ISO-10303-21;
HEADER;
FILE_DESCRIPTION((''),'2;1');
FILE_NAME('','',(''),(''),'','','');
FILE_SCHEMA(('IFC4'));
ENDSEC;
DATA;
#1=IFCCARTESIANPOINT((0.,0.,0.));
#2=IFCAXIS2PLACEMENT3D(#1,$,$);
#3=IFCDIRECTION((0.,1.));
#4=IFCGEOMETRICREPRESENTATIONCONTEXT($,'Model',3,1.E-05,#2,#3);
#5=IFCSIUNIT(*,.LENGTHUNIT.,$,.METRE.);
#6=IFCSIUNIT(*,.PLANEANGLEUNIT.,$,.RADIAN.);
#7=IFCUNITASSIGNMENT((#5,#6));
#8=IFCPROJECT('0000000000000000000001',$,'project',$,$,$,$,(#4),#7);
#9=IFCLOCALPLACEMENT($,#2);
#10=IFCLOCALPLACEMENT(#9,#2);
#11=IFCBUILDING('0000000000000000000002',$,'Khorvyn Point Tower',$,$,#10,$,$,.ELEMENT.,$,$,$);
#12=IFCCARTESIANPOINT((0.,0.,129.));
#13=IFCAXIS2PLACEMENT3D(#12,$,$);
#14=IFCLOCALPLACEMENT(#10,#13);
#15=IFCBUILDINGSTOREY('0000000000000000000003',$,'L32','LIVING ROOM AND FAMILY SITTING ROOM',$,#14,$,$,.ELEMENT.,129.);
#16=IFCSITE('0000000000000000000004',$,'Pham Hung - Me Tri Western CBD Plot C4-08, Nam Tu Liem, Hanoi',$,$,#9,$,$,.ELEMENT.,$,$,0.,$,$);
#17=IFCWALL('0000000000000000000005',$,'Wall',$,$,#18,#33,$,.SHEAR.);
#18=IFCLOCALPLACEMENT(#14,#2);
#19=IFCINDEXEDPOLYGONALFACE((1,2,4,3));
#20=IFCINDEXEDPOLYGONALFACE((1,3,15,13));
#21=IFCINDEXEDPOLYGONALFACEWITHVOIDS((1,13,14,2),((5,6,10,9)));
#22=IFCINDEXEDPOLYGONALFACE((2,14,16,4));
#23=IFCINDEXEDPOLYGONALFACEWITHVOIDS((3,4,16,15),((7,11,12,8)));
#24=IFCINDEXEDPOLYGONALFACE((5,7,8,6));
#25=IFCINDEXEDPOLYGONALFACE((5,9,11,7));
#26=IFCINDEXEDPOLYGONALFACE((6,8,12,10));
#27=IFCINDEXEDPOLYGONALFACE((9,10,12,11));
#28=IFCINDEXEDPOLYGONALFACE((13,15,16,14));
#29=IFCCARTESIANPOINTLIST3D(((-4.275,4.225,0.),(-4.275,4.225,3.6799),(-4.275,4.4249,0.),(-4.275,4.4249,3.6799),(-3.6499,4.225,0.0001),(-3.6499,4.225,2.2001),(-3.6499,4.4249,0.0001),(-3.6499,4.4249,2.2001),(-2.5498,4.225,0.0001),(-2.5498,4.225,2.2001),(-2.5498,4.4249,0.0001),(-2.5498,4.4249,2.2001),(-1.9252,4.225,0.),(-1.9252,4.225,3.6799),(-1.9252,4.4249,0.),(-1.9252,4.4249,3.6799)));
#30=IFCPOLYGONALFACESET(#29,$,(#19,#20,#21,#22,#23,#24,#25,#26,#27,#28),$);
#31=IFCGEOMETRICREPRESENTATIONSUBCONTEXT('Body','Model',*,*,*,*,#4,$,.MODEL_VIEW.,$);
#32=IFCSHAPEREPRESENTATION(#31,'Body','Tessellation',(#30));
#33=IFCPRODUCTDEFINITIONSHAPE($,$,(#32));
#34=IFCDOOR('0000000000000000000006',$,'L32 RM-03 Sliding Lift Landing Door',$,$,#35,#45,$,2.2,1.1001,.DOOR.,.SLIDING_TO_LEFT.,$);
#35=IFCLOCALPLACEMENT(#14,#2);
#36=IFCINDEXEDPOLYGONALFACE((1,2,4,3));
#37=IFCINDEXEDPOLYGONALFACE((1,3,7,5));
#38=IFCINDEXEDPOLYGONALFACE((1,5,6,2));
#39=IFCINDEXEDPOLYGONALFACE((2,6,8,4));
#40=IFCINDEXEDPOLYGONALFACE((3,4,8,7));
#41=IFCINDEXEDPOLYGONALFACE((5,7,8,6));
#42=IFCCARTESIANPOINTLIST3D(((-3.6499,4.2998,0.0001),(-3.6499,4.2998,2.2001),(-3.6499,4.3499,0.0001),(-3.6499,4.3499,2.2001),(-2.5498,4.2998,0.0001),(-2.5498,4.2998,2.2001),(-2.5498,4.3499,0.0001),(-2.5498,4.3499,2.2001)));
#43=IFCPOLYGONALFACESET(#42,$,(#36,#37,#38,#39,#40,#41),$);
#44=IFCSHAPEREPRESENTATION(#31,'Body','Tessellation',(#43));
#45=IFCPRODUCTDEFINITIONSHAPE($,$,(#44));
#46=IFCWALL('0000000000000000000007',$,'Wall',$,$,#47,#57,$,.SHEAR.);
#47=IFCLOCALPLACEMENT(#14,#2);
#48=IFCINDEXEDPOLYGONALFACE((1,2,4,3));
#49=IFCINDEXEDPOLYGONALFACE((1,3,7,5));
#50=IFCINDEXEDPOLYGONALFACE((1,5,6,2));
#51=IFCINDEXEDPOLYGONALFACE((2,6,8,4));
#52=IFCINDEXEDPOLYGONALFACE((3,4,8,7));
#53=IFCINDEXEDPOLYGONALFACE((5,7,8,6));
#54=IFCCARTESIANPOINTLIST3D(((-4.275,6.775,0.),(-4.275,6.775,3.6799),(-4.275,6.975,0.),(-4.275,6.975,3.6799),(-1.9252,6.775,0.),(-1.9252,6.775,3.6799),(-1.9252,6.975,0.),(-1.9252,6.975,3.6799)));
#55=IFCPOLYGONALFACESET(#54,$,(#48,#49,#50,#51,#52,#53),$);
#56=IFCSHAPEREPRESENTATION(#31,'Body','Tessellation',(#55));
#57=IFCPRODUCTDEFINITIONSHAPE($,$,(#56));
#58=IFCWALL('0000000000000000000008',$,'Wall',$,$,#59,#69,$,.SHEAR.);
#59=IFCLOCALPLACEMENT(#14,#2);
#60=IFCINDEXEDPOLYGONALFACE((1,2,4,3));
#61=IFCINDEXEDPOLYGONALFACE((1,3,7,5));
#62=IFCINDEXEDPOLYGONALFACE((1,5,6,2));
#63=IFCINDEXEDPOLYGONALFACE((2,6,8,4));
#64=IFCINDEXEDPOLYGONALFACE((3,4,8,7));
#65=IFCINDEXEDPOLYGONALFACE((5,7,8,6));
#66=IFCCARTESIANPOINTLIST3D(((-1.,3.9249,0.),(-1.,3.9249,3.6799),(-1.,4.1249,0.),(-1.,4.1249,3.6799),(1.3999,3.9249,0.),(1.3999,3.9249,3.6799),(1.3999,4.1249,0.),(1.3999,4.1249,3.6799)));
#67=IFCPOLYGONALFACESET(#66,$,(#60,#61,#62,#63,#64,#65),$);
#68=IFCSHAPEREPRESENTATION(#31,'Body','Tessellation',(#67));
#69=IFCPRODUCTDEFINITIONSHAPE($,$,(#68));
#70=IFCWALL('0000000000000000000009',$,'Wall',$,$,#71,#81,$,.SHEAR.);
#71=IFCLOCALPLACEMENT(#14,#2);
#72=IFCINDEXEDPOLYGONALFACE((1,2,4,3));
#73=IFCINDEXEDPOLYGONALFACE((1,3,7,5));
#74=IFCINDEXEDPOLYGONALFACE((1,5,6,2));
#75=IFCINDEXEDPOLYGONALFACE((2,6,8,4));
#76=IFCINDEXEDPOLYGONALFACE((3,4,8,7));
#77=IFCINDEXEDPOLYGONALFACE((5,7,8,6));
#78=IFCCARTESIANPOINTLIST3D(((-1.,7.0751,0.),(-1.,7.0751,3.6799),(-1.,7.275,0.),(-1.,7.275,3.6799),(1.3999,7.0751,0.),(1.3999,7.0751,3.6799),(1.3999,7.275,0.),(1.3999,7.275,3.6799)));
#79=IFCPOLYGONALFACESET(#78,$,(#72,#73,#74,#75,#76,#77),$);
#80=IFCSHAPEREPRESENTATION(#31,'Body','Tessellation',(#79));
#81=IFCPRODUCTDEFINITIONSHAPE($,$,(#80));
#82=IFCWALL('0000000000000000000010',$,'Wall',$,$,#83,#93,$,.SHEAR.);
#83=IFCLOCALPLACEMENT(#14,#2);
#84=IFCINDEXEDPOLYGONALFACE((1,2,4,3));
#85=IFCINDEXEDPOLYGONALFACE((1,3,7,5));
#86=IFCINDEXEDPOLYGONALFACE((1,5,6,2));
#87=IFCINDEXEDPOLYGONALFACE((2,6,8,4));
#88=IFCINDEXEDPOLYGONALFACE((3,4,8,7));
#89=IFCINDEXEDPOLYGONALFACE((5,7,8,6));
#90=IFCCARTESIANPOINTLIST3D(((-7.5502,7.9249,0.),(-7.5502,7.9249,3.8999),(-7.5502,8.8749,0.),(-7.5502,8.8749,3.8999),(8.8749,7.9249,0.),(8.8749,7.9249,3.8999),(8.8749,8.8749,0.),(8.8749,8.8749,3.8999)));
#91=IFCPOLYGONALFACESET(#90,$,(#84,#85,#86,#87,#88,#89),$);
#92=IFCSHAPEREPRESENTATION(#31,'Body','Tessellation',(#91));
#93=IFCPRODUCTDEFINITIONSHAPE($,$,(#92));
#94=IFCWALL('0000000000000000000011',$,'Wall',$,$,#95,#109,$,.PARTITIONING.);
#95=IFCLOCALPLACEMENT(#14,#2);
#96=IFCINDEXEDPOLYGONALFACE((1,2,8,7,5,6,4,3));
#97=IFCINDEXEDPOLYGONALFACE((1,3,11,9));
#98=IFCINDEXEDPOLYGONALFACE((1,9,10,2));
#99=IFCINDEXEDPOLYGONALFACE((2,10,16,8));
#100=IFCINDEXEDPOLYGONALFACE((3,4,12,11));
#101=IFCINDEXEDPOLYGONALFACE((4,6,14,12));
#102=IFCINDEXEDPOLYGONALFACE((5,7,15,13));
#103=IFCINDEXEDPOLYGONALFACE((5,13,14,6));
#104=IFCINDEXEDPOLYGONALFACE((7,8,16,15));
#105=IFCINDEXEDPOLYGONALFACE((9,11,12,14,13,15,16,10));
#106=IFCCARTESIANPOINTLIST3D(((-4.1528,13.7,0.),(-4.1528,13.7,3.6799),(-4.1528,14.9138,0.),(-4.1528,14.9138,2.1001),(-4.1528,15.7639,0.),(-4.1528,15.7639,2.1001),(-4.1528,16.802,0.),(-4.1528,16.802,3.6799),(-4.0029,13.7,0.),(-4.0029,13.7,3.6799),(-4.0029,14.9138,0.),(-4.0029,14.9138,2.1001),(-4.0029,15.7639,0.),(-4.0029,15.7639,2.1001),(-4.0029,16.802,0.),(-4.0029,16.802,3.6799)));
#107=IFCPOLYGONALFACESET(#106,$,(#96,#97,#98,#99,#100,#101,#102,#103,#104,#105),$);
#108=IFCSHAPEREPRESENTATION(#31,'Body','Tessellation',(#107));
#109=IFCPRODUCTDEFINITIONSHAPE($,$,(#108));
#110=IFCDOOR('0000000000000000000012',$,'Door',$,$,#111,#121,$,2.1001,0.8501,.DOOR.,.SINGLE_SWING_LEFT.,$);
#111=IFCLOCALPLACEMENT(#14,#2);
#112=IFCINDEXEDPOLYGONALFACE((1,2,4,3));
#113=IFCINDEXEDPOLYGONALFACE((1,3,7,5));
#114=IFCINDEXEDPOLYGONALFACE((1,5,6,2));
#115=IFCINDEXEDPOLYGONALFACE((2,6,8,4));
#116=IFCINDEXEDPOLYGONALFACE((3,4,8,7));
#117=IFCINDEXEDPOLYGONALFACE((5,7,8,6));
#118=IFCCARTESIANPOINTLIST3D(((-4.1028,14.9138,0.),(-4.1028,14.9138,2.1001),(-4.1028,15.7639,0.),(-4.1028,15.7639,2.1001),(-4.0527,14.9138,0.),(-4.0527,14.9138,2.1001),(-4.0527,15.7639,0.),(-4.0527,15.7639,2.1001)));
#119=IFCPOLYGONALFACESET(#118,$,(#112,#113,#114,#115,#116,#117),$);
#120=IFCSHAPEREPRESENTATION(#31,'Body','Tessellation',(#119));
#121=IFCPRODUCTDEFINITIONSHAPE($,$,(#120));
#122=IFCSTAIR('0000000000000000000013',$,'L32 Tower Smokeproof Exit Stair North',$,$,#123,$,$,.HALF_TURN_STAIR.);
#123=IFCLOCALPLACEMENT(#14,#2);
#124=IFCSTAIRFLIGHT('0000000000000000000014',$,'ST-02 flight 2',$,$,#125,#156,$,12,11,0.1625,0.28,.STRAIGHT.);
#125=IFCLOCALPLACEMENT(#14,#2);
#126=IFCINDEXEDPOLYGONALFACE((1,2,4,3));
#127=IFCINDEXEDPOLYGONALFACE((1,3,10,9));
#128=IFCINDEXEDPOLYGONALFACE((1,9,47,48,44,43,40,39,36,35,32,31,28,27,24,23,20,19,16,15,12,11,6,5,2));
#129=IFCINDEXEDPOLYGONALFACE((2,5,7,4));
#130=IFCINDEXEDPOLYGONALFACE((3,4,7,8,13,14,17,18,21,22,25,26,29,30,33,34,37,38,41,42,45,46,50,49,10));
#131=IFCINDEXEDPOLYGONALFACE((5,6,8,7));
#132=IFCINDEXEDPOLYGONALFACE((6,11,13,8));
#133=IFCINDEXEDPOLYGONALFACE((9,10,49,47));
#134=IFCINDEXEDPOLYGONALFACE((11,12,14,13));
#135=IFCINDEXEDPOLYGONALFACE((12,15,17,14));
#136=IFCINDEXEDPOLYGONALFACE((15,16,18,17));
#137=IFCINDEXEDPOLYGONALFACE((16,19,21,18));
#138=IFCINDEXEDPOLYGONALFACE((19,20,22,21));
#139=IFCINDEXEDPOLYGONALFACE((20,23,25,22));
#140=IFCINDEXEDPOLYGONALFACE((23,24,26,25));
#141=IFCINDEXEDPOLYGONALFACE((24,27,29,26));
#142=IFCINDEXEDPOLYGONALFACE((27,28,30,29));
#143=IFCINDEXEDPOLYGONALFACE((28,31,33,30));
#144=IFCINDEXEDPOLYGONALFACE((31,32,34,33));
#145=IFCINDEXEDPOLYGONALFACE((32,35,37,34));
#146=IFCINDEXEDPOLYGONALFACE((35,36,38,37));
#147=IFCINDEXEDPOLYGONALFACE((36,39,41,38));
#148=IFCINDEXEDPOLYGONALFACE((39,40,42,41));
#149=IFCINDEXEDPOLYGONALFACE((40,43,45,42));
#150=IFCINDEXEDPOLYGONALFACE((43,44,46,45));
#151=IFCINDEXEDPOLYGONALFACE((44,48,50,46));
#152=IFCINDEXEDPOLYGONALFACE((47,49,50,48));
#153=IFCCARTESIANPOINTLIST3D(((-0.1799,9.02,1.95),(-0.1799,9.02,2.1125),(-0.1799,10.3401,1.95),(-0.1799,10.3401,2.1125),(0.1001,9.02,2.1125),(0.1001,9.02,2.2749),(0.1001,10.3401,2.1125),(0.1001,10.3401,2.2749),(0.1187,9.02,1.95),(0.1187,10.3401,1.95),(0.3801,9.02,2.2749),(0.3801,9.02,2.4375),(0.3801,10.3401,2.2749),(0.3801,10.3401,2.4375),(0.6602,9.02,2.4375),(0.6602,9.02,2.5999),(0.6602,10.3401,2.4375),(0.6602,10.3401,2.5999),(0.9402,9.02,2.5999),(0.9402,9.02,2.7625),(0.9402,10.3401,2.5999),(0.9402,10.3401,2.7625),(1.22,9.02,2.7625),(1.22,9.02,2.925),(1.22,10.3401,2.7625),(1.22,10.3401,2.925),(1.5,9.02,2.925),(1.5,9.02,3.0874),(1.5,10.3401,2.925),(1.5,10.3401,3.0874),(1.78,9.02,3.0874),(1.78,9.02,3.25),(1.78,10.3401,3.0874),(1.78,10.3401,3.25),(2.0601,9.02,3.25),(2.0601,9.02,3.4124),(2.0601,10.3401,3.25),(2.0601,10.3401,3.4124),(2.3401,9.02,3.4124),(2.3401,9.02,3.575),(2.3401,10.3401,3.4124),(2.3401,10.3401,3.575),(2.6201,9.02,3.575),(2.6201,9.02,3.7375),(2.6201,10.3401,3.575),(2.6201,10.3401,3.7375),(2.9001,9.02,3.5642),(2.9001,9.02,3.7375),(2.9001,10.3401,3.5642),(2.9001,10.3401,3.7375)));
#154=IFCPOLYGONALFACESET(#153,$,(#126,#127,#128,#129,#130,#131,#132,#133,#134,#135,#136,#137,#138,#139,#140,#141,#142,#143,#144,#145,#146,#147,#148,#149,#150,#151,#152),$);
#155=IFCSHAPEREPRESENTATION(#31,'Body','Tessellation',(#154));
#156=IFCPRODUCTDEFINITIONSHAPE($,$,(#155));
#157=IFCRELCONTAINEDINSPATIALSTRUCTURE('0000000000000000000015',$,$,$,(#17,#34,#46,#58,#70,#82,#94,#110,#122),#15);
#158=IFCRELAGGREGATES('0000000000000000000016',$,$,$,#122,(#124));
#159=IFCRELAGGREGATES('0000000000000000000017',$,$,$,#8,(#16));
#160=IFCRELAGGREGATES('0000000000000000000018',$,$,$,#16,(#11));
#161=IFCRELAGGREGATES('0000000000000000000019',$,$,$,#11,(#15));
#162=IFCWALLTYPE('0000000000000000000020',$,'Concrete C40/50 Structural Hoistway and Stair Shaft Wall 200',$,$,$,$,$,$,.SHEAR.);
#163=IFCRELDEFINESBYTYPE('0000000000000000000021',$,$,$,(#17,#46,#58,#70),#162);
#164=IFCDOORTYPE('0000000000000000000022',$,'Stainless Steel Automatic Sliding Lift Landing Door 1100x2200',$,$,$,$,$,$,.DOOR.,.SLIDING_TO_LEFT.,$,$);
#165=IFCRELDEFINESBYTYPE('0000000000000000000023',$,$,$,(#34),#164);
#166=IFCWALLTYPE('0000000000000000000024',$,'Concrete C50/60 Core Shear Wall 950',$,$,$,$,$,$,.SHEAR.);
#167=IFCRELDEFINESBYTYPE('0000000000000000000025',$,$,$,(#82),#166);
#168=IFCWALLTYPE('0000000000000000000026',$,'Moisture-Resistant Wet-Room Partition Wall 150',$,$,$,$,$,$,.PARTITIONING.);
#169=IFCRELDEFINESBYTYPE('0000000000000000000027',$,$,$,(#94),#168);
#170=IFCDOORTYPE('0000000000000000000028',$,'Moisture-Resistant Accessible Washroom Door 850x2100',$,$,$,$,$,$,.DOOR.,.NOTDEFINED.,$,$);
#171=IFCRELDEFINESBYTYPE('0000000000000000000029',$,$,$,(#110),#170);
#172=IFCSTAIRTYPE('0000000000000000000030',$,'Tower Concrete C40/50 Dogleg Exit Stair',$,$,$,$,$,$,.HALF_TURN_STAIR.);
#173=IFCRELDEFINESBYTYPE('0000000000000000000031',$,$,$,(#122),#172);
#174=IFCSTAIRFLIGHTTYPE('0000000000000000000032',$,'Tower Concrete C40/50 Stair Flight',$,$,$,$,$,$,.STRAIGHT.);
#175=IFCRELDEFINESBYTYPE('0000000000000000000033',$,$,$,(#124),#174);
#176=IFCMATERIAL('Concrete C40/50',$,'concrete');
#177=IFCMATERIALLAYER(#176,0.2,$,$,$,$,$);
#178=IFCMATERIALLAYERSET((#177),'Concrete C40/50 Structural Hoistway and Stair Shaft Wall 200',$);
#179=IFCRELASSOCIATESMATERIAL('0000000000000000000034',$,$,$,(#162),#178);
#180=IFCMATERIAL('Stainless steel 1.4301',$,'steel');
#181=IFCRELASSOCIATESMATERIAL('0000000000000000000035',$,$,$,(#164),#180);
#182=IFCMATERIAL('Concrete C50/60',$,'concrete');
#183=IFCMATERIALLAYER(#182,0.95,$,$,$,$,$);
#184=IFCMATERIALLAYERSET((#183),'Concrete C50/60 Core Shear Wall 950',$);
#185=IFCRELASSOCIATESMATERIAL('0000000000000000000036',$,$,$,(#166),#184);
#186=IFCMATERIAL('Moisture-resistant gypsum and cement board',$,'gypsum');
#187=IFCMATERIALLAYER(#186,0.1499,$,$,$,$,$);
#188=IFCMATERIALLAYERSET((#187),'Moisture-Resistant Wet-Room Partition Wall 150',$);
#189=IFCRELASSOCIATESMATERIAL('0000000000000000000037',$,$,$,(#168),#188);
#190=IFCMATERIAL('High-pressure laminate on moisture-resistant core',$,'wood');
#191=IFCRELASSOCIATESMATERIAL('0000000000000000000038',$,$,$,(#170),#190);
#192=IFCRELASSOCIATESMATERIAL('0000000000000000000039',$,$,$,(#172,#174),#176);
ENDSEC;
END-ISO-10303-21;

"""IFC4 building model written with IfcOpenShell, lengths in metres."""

from ifc_helpers import new_model, si_unit, direction, frame, frame_2d, origin, place, context, subcontext, project, spatial, polyline, rectangle, outline, extrude, material, layer, layer_set, type_object, element, fill, aggregate, save


model = new_model("IFC4")

# Units and contexts
model_context = context("Model", 3, precision=1e-05, world=origin(), true_north=direction((0.0, 1.0)))
body_context = subcontext(model_context, "Body", "Model", "MODEL_VIEW")
ifc_project = project(units=[si_unit("LENGTHUNIT", "METRE"), si_unit("PLANEANGLEUNIT", "RADIAN")], contexts=[model_context])

# Site, building, storey
site_placement = place(None, origin())
site = spatial("IfcSite", under=ifc_project, at=site_placement, Name="Pham Hung - Me Tri Western CBD Plot C4-08, Nam Tu Liem, Hanoi", CompositionType="ELEMENT", RefElevation=0.0)
building_placement = place(site_placement, origin())
building = spatial("IfcBuilding", under=site, at=building_placement, Name="Khorvyn Point Tower", CompositionType="ELEMENT")
storey_placement = place(building_placement, frame((0.0, 0.0, 129.0)))
storey = spatial("IfcBuildingStorey", under=building, at=storey_placement, Name="L32", Description="LIVING ROOM AND FAMILY SITTING ROOM", CompositionType="ELEMENT", Elevation=129.0)

# Shared definitions
ifc_material_1 = material(Name="Concrete C40/50", Category="concrete")

# Shared definitions
ifc_material_2 = material(Name="Concrete C50/60", Category="concrete")

# Shared definitions
ifc_layer_1 = layer(ifc_material_1, 0.2)
ifc_layer_set_1 = layer_set([ifc_layer_1], Name="Concrete C40/50 Structural Hoistway and Stair Shaft Wall 200")
wall_type_1 = type_object("IfcWallType", Name="Concrete C40/50 Structural Hoistway and Stair Shaft Wall 200", PredefinedType="SHEAR", material=ifc_layer_set_1)

# Shared definitions
ifc_material_3 = material(Name="Stainless steel 1.4301", Category="steel")
door_type_1 = type_object("IfcDoorType", Name="Stainless Steel Automatic Sliding Lift Landing Door 1100x2200", OperationType="SLIDING_TO_LEFT", PredefinedType="DOOR", material=ifc_material_3)

# Wall, opening, door
wall_1_placement = place(storey_placement, frame((-4.2749, 4.325, 0.0), z_axis=(0.0, 0.0, 1.0), x_axis=(1.0, 0.0, 0.0)))
wall_1 = element("IfcWall", 1, at=wall_1_placement, inside=storey, type_object=wall_type_1, Name="Wall", PredefinedType="SHEAR", context=body_context, shape_type="SweptSolid", body=[
    extrude(rectangle(XDim=2.3499, YDim=0.2, at=frame_2d((1.1748, 0.0))), origin(), (0.0, 0.0, 1.0), 3.6799),
])
opening_1_placement = place(wall_1_placement, frame((0.625, 0.0, 0.0)))
opening_1 = element("IfcOpeningElement", 2, at=opening_1_placement, cuts=wall_1, PredefinedType="OPENING", context=body_context, shape_type="SweptSolid", body=[
    extrude(rectangle(XDim=1.1001, YDim=2.2, at=frame_2d((0.55, 1.1001))), frame((0.0, 0.1099, 0.0), z_axis=(0.0, -1.0, 0.0), x_axis=(1.0, 0.0, 0.0)), (0.0, 0.0, 1.0), 0.22),
])
door_1_placement = place(opening_1_placement, origin())
door_1 = element("IfcDoor", 3, at=door_1_placement, inside=storey, type_object=door_type_1, Name="L32 RM-03 Sliding Lift Landing Door", OperationType="SLIDING_TO_LEFT", OverallHeight=2.2, OverallWidth=1.1001, PredefinedType="DOOR", context=body_context, shape_type="SweptSolid", body=[
    extrude(rectangle(XDim=1.1001, YDim=2.2, at=frame_2d((0.55, 1.1001))), frame((0.0, 0.0249, 0.0), z_axis=(0.0, -1.0, 0.0), x_axis=(1.0, 0.0, 0.0)), (0.0, 0.0, 1.0), 0.05),
])
fill(opening_1, door_1)

# Walls
wall_2_placement = place(storey_placement, frame((-4.2749, 6.875, 0.0), z_axis=(0.0, 0.0, 1.0), x_axis=(1.0, 0.0, 0.0)))
element("IfcWall", 4, at=wall_2_placement, inside=storey, type_object=wall_type_1, Name="Wall", PredefinedType="SHEAR", context=body_context, shape_type="SweptSolid", body=[
    extrude(rectangle(XDim=2.3499, YDim=0.2, at=frame_2d((1.1748, 0.0))), origin(), (0.0, 0.0, 1.0), 3.6799),
])
for number, where, z_axis, x_axis, name in (
    (5, (-1.0, 4.0249, 0.0), (0.0, 0.0, 1.0), (1.0, 0.0, 0.0), "Wall"),
    (6, (-1.0, 7.175, 0.0), (0.0, 0.0, 1.0), (1.0, 0.0, 0.0), "Wall"),
):
    element("IfcWall", number, at=place(storey_placement, frame(where, z_axis=z_axis, x_axis=x_axis)), inside=storey, type_object=wall_type_1, Name=name, PredefinedType="SHEAR", context=body_context, shape_type="SweptSolid", body=[
        extrude(rectangle(XDim=2.3999, YDim=0.2, at=frame_2d((1.2, 0.0))), origin(), (0.0, 0.0, 1.0), 3.6799),
    ])
ifc_layer_2 = layer(ifc_material_2, 0.95)
ifc_layer_set_2 = layer_set([ifc_layer_2], Name="Concrete C50/60 Core Shear Wall 950")
wall_type_2 = type_object("IfcWallType", Name="Concrete C50/60 Core Shear Wall 950", PredefinedType="SHEAR", material=ifc_layer_set_2)
wall_3_placement = place(storey_placement, frame((-7.55, 8.3999, 0.0), z_axis=(0.0, 0.0, 1.0), x_axis=(1.0, 0.0, 0.0)))
element("IfcWall", 7, at=wall_3_placement, inside=storey, type_object=wall_type_2, Name="Wall", PredefinedType="SHEAR", context=body_context, shape_type="SweptSolid", body=[
    extrude(rectangle(XDim=16.425, YDim=0.95, at=frame_2d((8.2124, 0.0))), origin(), (0.0, 0.0, 1.0), 3.8999),
])

# Wall, opening, door
ifc_material_4 = material(Name="Moisture-resistant gypsum and cement board", Category="gypsum")
ifc_layer_3 = layer(ifc_material_4, 0.1499)
ifc_layer_set_3 = layer_set([ifc_layer_3], Name="Moisture-Resistant Wet-Room Partition Wall 150")
wall_type_3 = type_object("IfcWallType", Name="Moisture-Resistant Wet-Room Partition Wall 150", PredefinedType="PARTITIONING", material=ifc_layer_set_3)
wall_4_placement = place(storey_placement, frame((-4.0779, 13.7, 0.0), z_axis=(0.0, 0.0, 1.0), x_axis=(0.0, 1.0, 0.0)))
wall_4 = element("IfcWall", 8, at=wall_4_placement, inside=storey, type_object=wall_type_3, Name="Wall", PredefinedType="PARTITIONING", context=body_context, shape_type="SweptSolid", body=[
    extrude(rectangle(XDim=3.1021, YDim=0.1499, at=frame_2d((1.551, 0.0))), origin(), (0.0, 0.0, 1.0), 3.6799),
])
opening_2_placement = place(wall_4_placement, frame((1.2139, 0.0, 0.0)))
opening_2 = element("IfcOpeningElement", 9, at=opening_2_placement, cuts=wall_4, PredefinedType="OPENING", context=body_context, shape_type="SweptSolid", body=[
    extrude(rectangle(XDim=0.8501, YDim=2.1001, at=frame_2d((0.425, 1.05))), frame((0.0, 0.085, 0.0), z_axis=(0.0, -1.0, 0.0), x_axis=(1.0, 0.0, 0.0)), (0.0, 0.0, 1.0), 0.1699),
])
ifc_material_5 = material(Name="High-pressure laminate on moisture-resistant core", Category="wood")
door_type_2 = type_object("IfcDoorType", Name="Moisture-Resistant Accessible Washroom Door 850x2100", OperationType="NOTDEFINED", PredefinedType="DOOR", material=ifc_material_5)
door_2_placement = place(opening_2_placement, origin())
door_2 = element("IfcDoor", 10, at=door_2_placement, inside=storey, type_object=door_type_2, Name="Door", OperationType="SINGLE_SWING_LEFT", OverallHeight=2.1001, OverallWidth=0.8501, PredefinedType="DOOR", context=body_context, shape_type="SweptSolid", body=[
    extrude(rectangle(XDim=0.8501, YDim=2.1001, at=frame_2d((0.425, 1.05))), frame((0.0, 0.0249, 0.0), z_axis=(0.0, -1.0, 0.0), x_axis=(1.0, 0.0, 0.0)), (0.0, 0.0, 1.0), 0.05),
])
fill(opening_2, door_2)

# Stair, stair flight
stair_type = type_object("IfcStairType", Name="Tower Concrete C40/50 Dogleg Exit Stair", PredefinedType="HALF_TURN_STAIR", material=ifc_material_1)
stair_placement = place(storey_placement, origin())
stair = element("IfcStair", 11, at=stair_placement, inside=storey, type_object=stair_type, Name="L32 Tower Smokeproof Exit Stair North", PredefinedType="HALF_TURN_STAIR")
stair_flight_type = type_object("IfcStairFlightType", Name="Tower Concrete C40/50 Stair Flight", PredefinedType="STRAIGHT", material=ifc_material_1)
stair_flight_placement = place(storey_placement, frame((-0.1799, 9.6799, 1.95), z_axis=(0.0, 0.0, 1.0), x_axis=(1.0, 0.0, 0.0)))
stair_flight = element("IfcStairFlight", 12, at=stair_flight_placement, type_object=stair_flight_type, Name="ST-02 flight 2", NumberOfRisers=12, NumberOfTreads=11, PredefinedType="STRAIGHT", RiserHeight=0.1625, TreadLength=0.28, context=body_context, shape_type="SweptSolid", body=[
    extrude(outline(polyline([(0.0, 0.0), (0.0, 0.1626), (0.28, 0.1626), (0.28, 0.325), (0.5601, 0.325), (0.5601, 0.4875), (0.8401, 0.4875), (0.8401, 0.6499), (1.1201, 0.6499), (1.1201, 0.8125), (1.3999, 0.8125), (1.3999, 0.9751), (1.6799, 0.9751), (1.6799, 1.1375), (1.96, 1.1375), (1.96, 1.3), (2.24, 1.3), (2.24, 1.4624), (2.52, 1.4624), (2.52, 1.625), (2.8, 1.625), (2.8, 1.7876), (3.0801, 1.7876), (3.0801, 1.95), (3.0801, 1.6143), (0.2986, 0.0), (0.0, 0.0)])), frame((0.0, 0.6602, 0.0), z_axis=(0.0, -1.0, 0.0), x_axis=(1.0, 0.0, 0.0)), (0.0, 0.0, 1.0), 1.3201),
])
aggregate(stair, [stair_flight])

save(model, "model.ifc")
